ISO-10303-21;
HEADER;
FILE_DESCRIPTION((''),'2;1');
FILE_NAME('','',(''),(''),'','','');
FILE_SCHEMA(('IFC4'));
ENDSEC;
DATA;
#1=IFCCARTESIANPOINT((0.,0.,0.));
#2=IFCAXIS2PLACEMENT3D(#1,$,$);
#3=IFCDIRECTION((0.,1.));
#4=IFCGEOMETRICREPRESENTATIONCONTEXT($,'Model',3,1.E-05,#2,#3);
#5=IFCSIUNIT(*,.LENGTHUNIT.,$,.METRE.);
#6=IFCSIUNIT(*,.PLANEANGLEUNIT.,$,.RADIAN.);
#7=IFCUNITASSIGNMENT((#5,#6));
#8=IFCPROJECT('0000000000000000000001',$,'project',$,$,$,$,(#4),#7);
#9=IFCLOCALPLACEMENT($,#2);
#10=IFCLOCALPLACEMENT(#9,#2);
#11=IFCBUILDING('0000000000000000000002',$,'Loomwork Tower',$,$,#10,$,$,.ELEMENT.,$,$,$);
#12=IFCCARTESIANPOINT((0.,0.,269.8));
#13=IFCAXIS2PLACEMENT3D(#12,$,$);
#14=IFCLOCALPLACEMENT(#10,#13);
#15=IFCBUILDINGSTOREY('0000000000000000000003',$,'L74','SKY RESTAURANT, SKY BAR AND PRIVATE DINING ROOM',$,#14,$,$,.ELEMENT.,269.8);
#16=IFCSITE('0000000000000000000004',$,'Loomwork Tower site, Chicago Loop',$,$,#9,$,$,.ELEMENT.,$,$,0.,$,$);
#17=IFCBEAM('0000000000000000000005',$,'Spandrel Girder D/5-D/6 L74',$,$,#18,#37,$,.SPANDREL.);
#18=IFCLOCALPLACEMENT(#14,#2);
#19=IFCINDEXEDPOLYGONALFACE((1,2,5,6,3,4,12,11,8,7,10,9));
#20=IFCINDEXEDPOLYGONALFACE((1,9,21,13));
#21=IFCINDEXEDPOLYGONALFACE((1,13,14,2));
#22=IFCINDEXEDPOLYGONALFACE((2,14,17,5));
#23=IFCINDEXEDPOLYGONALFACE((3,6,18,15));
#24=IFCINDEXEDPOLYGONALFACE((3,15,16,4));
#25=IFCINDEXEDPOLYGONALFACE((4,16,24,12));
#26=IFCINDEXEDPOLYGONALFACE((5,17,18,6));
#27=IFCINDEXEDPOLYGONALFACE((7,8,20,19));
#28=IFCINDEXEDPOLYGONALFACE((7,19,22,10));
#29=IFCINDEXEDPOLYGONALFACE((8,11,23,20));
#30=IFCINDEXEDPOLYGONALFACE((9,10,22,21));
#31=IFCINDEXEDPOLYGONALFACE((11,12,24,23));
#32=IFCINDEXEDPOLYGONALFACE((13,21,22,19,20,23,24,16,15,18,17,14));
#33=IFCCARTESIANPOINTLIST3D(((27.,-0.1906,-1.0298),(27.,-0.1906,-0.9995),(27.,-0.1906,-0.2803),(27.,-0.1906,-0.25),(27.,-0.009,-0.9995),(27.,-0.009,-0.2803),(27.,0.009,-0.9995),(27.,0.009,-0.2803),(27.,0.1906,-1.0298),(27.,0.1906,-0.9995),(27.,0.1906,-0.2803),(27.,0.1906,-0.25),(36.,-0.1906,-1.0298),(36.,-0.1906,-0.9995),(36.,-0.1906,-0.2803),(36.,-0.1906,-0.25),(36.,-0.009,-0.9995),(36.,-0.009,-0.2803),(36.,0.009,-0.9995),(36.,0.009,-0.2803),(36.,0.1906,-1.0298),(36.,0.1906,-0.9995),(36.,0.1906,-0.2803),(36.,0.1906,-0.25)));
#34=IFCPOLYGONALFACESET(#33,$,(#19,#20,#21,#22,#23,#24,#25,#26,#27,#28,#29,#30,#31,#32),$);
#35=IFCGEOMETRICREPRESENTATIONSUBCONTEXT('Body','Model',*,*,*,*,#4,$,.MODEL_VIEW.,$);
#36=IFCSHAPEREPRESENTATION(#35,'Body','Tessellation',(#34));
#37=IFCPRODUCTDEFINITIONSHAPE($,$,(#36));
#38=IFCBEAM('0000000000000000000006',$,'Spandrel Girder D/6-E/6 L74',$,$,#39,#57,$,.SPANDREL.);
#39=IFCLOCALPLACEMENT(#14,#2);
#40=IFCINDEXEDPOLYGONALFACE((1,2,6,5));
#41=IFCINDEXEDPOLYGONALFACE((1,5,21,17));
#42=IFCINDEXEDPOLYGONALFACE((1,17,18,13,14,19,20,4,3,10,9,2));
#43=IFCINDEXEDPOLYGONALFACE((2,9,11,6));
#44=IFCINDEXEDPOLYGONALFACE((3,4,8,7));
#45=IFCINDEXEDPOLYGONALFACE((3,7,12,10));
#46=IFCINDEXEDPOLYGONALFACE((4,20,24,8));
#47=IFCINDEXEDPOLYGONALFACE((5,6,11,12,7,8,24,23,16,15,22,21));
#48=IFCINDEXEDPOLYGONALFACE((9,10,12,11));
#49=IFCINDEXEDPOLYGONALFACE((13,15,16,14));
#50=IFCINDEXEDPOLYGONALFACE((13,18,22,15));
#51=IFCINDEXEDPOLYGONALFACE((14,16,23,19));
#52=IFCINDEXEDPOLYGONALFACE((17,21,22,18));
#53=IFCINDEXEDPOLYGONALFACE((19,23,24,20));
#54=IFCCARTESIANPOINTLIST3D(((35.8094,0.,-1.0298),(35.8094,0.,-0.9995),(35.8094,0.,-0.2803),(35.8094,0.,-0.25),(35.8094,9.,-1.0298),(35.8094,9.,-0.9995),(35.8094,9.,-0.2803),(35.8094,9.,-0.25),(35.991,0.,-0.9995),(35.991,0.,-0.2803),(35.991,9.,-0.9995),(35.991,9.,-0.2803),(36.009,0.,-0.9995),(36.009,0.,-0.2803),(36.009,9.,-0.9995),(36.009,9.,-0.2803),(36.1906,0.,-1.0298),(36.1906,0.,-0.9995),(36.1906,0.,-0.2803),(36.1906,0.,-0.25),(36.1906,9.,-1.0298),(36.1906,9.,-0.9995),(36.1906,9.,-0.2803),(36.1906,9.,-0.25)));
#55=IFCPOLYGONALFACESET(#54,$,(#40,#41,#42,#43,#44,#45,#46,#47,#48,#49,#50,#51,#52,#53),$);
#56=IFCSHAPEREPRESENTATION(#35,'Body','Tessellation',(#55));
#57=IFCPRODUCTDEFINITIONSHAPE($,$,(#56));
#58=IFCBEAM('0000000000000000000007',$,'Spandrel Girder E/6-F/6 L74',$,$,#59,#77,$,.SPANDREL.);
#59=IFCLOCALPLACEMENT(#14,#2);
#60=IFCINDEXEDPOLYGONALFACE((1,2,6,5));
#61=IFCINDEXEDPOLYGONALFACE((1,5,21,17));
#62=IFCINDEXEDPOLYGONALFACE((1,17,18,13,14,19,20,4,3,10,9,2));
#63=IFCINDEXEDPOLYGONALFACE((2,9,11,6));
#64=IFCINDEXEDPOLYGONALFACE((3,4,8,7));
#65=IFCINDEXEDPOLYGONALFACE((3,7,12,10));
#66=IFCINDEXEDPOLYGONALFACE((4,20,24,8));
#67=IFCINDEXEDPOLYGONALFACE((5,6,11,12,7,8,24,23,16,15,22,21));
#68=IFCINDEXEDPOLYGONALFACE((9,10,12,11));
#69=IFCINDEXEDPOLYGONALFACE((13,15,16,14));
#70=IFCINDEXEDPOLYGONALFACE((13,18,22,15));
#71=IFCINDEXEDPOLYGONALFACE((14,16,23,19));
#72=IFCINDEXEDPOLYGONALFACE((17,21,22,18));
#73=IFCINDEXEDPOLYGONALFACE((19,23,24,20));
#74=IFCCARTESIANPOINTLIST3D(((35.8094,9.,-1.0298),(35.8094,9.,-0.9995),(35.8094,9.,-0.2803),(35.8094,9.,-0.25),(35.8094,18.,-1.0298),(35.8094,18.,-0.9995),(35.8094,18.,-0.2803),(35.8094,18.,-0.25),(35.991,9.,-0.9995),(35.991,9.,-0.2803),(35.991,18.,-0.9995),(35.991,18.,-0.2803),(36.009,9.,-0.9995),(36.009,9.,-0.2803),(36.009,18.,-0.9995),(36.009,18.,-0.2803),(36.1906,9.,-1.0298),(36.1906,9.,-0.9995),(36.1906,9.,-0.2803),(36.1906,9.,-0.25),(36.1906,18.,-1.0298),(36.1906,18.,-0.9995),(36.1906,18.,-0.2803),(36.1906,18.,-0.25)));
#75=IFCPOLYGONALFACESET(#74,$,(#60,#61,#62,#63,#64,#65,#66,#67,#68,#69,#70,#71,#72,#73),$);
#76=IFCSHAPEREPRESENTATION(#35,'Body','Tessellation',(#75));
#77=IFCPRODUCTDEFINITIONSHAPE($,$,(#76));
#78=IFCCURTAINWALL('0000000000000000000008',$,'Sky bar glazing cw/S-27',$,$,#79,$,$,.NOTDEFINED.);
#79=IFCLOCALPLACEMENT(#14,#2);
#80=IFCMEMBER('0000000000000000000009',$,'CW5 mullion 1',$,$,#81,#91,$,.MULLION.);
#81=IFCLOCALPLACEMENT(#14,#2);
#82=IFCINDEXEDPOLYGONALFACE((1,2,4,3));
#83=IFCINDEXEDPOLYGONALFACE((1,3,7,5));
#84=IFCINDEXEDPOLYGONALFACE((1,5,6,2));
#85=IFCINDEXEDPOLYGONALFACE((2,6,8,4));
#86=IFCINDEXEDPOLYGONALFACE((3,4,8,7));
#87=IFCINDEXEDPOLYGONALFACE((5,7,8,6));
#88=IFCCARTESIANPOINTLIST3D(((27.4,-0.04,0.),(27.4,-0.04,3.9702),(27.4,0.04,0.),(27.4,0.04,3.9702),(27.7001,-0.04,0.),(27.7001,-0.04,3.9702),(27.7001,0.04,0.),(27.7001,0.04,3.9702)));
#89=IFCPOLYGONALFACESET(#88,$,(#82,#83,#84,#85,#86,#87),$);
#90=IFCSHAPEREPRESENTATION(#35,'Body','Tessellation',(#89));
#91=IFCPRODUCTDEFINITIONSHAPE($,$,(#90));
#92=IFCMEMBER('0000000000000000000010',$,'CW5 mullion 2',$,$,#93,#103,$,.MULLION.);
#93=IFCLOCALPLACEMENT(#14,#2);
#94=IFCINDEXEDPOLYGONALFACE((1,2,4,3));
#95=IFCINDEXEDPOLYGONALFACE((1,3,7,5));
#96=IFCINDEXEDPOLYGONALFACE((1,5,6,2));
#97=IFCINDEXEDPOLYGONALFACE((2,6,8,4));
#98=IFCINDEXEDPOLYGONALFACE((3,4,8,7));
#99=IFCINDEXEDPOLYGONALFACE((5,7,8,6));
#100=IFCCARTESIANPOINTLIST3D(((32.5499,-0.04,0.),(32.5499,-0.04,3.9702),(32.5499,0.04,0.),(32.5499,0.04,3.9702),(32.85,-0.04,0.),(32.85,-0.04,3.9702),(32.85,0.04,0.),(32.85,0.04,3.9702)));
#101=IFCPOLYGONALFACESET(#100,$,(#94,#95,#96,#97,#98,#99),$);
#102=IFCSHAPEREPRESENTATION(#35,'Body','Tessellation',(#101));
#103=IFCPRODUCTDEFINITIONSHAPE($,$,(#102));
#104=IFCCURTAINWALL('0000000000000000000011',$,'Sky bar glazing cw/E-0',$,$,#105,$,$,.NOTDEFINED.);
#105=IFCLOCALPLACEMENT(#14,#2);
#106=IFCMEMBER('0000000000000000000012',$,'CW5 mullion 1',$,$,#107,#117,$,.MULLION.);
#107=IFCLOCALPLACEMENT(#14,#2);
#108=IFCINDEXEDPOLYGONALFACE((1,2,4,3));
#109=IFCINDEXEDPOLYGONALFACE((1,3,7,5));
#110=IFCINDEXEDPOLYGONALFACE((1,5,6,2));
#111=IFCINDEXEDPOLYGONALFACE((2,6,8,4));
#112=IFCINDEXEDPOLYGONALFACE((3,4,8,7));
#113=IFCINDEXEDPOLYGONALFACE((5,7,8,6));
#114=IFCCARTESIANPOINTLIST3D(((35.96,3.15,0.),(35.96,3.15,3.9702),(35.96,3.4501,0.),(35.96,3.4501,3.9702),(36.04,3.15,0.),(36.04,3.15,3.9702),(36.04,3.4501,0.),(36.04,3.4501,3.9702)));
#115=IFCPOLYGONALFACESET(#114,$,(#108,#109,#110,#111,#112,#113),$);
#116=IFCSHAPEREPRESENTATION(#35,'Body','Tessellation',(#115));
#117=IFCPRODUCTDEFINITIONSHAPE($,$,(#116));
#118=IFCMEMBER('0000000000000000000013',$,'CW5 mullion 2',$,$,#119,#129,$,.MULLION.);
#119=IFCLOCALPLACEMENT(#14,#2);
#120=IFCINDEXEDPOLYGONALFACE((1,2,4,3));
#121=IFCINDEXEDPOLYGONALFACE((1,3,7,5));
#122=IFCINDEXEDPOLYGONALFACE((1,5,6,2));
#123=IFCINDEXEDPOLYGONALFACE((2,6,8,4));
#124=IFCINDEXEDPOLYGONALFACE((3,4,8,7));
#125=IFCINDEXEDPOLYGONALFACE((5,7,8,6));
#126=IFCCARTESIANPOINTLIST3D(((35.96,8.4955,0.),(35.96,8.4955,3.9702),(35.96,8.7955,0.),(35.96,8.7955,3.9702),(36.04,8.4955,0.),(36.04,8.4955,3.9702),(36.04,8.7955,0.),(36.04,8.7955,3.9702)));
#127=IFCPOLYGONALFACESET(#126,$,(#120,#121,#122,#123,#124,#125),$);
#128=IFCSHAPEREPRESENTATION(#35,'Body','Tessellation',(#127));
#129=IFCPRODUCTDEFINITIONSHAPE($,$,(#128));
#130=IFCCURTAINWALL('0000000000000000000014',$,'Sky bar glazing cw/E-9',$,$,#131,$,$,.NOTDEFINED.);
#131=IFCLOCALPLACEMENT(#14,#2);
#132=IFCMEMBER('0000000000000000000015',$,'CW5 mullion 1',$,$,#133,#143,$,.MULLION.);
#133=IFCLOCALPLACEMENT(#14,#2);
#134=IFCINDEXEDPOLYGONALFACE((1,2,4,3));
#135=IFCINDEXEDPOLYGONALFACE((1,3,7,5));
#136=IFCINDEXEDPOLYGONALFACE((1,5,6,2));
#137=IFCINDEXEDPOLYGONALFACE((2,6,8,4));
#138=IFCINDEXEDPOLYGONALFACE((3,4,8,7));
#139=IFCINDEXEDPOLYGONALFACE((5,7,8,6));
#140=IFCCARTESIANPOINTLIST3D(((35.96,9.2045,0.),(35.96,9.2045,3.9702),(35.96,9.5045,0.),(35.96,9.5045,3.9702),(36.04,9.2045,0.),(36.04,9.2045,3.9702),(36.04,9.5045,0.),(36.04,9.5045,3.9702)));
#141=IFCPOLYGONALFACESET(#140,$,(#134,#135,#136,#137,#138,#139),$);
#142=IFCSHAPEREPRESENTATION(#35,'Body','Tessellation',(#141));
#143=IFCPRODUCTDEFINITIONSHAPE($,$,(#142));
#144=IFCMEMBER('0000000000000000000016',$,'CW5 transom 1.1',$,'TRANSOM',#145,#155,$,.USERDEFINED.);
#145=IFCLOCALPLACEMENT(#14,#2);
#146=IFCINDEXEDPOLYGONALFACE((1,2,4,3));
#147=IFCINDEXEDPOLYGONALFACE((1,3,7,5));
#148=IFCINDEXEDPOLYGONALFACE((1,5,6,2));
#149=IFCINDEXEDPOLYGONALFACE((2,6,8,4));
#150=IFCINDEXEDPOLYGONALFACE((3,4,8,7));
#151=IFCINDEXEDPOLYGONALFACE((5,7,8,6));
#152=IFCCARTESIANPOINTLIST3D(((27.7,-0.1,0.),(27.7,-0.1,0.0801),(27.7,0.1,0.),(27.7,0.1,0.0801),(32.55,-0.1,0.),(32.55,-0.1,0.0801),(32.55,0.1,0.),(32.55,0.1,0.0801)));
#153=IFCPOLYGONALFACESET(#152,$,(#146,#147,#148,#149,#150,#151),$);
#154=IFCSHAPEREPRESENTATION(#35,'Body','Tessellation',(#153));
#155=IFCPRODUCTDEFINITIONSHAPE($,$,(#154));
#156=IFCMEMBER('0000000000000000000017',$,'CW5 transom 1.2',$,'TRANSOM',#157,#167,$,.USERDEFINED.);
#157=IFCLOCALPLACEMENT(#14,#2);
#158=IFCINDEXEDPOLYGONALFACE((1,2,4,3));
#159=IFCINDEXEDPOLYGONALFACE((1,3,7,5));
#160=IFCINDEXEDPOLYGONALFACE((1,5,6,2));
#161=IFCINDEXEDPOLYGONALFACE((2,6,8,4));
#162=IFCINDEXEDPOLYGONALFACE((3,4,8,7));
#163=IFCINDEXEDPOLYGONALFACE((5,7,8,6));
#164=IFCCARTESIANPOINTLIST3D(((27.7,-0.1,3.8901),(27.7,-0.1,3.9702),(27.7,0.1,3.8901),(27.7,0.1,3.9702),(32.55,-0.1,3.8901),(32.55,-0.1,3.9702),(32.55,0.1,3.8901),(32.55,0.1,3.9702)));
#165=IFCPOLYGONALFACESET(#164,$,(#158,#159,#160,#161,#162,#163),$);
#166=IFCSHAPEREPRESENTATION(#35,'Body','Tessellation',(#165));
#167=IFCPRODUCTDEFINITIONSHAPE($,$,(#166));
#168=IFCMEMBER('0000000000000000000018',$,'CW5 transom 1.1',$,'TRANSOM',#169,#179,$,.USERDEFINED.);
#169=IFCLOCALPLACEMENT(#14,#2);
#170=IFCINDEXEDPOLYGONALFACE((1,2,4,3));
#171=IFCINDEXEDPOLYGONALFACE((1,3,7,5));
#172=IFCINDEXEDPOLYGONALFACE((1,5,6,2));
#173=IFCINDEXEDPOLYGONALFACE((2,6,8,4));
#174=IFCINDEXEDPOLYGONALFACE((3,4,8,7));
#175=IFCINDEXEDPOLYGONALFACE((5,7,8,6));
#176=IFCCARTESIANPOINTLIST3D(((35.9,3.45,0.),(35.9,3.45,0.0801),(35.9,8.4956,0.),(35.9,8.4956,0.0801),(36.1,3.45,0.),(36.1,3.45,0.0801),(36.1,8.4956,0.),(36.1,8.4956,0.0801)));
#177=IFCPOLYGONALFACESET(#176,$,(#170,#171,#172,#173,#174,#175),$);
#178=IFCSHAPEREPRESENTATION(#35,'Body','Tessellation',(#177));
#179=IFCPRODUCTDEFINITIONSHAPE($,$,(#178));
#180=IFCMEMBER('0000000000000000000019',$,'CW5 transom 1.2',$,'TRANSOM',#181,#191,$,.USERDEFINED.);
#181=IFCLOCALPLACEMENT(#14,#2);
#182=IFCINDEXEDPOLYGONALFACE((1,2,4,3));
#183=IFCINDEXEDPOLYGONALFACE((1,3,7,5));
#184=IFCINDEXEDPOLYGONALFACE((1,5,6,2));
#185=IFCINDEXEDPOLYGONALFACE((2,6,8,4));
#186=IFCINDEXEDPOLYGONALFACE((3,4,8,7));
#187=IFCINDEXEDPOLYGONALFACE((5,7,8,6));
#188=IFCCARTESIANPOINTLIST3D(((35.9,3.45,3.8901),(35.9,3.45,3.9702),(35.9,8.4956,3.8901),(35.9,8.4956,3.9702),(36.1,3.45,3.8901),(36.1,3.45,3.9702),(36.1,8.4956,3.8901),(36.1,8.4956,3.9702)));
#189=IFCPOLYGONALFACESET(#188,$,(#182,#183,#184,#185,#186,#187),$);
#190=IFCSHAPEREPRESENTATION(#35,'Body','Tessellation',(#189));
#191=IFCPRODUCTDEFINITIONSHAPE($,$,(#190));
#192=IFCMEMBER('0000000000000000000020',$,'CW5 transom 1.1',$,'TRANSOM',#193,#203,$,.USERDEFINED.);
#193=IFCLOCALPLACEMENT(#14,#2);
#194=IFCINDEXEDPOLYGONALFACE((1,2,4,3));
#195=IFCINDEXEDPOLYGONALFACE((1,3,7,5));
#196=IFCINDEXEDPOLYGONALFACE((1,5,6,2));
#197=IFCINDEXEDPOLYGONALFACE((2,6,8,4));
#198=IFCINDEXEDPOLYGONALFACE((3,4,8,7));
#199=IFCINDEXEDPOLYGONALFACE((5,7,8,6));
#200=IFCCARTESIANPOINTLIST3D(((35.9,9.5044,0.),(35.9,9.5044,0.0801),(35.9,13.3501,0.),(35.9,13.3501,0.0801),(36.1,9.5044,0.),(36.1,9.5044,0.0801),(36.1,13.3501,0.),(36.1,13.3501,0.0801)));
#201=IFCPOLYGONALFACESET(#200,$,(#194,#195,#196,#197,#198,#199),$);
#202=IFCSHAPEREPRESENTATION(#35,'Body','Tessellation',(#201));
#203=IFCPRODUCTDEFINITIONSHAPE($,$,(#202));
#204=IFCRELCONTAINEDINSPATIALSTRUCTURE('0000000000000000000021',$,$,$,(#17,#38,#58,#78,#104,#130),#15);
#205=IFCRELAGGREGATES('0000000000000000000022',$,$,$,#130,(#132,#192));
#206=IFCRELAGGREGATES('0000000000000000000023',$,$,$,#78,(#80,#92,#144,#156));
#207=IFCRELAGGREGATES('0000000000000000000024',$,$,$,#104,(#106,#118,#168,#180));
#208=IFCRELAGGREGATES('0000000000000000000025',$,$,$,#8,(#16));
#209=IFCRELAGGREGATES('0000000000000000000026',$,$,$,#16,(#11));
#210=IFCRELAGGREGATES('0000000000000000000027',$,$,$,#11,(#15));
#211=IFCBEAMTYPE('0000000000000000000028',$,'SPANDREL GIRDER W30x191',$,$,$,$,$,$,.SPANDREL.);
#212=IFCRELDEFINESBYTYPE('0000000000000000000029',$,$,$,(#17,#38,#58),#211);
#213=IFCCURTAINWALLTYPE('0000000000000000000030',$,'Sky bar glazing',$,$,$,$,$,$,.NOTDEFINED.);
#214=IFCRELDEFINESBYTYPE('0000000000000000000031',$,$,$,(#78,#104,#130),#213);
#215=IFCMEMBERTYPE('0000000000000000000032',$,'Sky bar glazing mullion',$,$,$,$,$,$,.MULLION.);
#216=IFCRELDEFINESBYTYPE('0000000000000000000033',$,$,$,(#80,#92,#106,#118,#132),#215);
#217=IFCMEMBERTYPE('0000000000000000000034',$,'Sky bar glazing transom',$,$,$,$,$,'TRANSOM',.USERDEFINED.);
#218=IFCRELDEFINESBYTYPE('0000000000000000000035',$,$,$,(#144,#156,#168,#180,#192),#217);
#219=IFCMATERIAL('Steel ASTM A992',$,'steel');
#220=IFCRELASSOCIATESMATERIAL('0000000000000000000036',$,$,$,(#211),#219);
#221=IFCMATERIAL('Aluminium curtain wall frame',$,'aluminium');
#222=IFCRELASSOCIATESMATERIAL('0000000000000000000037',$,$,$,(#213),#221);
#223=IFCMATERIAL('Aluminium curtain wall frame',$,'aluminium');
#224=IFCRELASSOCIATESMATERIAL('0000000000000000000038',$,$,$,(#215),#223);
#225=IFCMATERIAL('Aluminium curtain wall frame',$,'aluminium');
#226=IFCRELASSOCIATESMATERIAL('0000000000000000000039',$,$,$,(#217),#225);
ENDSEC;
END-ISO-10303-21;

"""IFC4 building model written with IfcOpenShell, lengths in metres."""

from ifc_helpers import new_model, si_unit, direction, frame, origin, origin_2d, place, context, subcontext, project, spatial, rectangle, i_section, extrude, material, material_profile, profile_set, type_object, element, aggregate, save


model = new_model("IFC4")

# Units and contexts
model_context = context("Model", 3, precision=1e-05, world=origin(), true_north=direction((0.0, 1.0)))
body_context = subcontext(model_context, "Body", "Model", "MODEL_VIEW")
ifc_project = project(units=[si_unit("LENGTHUNIT", "METRE"), si_unit("PLANEANGLEUNIT", "RADIAN")], contexts=[model_context])

# Site, building, storey
site_placement = place(None, origin())
site = spatial("IfcSite", under=ifc_project, at=site_placement, Name="Loomwork Tower site, Chicago Loop", CompositionType="ELEMENT", RefElevation=0.0)
building_placement = place(site_placement, origin())
building = spatial("IfcBuilding", under=site, at=building_placement, Name="Loomwork Tower", CompositionType="ELEMENT")
storey_placement = place(building_placement, frame((0.0, 0.0, 269.8)))
storey = spatial("IfcBuildingStorey", under=building, at=storey_placement, Name="L74", Description="SKY RESTAURANT, SKY BAR AND PRIVATE DINING ROOM", CompositionType="ELEMENT", Elevation=269.8)

# Beams
ifc_material_1 = material(Name="Steel ASTM A992", Category="steel")
ifc_material_profile_1 = material_profile(ifc_material_1, i_section(OverallWidth=0.3811, OverallDepth=0.7798, WebThickness=0.0181, FlangeThickness=0.0303, at=origin_2d()), Name="W30x191")
ifc_profile_set_1 = profile_set([ifc_material_profile_1], Name="Steel ASTM A992")
beam_type_1 = type_object("IfcBeamType", Name="SPANDREL GIRDER W30x191", PredefinedType="SPANDREL", material=ifc_profile_set_1)
for number, where, z_axis, x_axis, name in (
    (1, (27.0, 0.0, -0.6399), (1.0, 0.0, 0.0), (0.0, 1.0, 0.0), "Spandrel Girder D/5-D/6 L74"),
    (2, (36.0, 0.0, -0.6399), (0.0, 1.0, 0.0), (-1.0, 0.0, 0.0), "Spandrel Girder D/6-E/6 L74"),
    (3, (36.0, 9.0, -0.6399), (0.0, 1.0, 0.0), (-1.0, 0.0, 0.0), "Spandrel Girder E/6-F/6 L74"),
):
    element("IfcBeam", number, at=place(storey_placement, frame(where, z_axis=z_axis, x_axis=x_axis)), inside=storey, type_object=beam_type_1, Name=name, PredefinedType="SPANDREL", context=body_context, shape_type="SweptSolid", body=[
        extrude(i_section(OverallWidth=0.3811, OverallDepth=0.7798, WebThickness=0.0181, FlangeThickness=0.0303, at=origin_2d()), origin(), (0.0, 0.0, 1.0), 9.0),
    ])

# Curtain walls, members
ifc_material_2 = material(Name="Aluminium curtain wall frame", Category="aluminium")
curtain_wall_type = type_object("IfcCurtainWallType", Name="Sky bar glazing", PredefinedType="NOTDEFINED", material=ifc_material_2)
curtain_wall_1_placement = place(storey_placement, origin())
curtain_wall_1 = element("IfcCurtainWall", 4, at=curtain_wall_1_placement, inside=storey, type_object=curtain_wall_type, Name="Sky bar glazing cw/S-27", PredefinedType="NOTDEFINED")
ifc_material_3 = material(Name="Aluminium curtain wall frame", Category="aluminium")
ifc_material_profile_2 = material_profile(ifc_material_3, rectangle(XDim=0.0801, YDim=0.3, at=origin_2d()), Name="AL 80x300")
ifc_profile_set_2 = profile_set([ifc_material_profile_2], Name="Aluminium curtain wall frame")
member_type_1 = type_object("IfcMemberType", Name="Sky bar glazing mullion", PredefinedType="MULLION", material=ifc_profile_set_2)
member_1_placement = place(storey_placement, frame((27.55, 0.0, 0.0), z_axis=(0.0, 0.0, 1.0), x_axis=(0.0, 1.0, 0.0)))
member_1 = element("IfcMember", 5, at=member_1_placement, type_object=member_type_1, Name="CW5 mullion 1", PredefinedType="MULLION", context=body_context, shape_type="SweptSolid", body=[
    extrude(rectangle(XDim=0.0801, YDim=0.3, at=origin_2d()), origin(), (0.0, 0.0, 1.0), 3.9702),
])
member_2_placement = place(storey_placement, frame((32.7, 0.0, 0.0), z_axis=(0.0, 0.0, 1.0), x_axis=(0.0, 1.0, 0.0)))
member_2 = element("IfcMember", 6, at=member_2_placement, type_object=member_type_1, Name="CW5 mullion 2", PredefinedType="MULLION", context=body_context, shape_type="SweptSolid", body=[
    extrude(rectangle(XDim=0.0801, YDim=0.3, at=origin_2d()), origin(), (0.0, 0.0, 1.0), 3.9702),
])
curtain_wall_2_placement = place(storey_placement, origin())
curtain_wall_2 = element("IfcCurtainWall", 7, at=curtain_wall_2_placement, inside=storey, type_object=curtain_wall_type, Name="Sky bar glazing cw/E-0", PredefinedType="NOTDEFINED")
member_3_placement = place(storey_placement, frame((36.0, 3.3, 0.0), z_axis=(0.0, 0.0, 1.0), x_axis=(-1.0, 0.0, 0.0)))
member_3 = element("IfcMember", 8, at=member_3_placement, type_object=member_type_1, Name="CW5 mullion 1", PredefinedType="MULLION", context=body_context, shape_type="SweptSolid", body=[
    extrude(rectangle(XDim=0.0801, YDim=0.3, at=origin_2d()), origin(), (0.0, 0.0, 1.0), 3.9702),
])
member_4_placement = place(storey_placement, frame((36.0, 8.6455, 0.0), z_axis=(0.0, 0.0, 1.0), x_axis=(-1.0, 0.0, 0.0)))
member_4 = element("IfcMember", 9, at=member_4_placement, type_object=member_type_1, Name="CW5 mullion 2", PredefinedType="MULLION", context=body_context, shape_type="SweptSolid", body=[
    extrude(rectangle(XDim=0.0801, YDim=0.3, at=origin_2d()), origin(), (0.0, 0.0, 1.0), 3.9702),
])

# Curtain wall, member
curtain_wall_3_placement = place(storey_placement, origin())
curtain_wall_3 = element("IfcCurtainWall", 10, at=curtain_wall_3_placement, inside=storey, type_object=curtain_wall_type, Name="Sky bar glazing cw/E-9", PredefinedType="NOTDEFINED")
member_5_placement = place(storey_placement, frame((36.0, 9.3545, 0.0), z_axis=(0.0, 0.0, 1.0), x_axis=(-1.0, 0.0, 0.0)))
member_5 = element("IfcMember", 11, at=member_5_placement, type_object=member_type_1, Name="CW5 mullion 1", PredefinedType="MULLION", context=body_context, shape_type="SweptSolid", body=[
    extrude(rectangle(XDim=0.0801, YDim=0.3, at=origin_2d()), origin(), (0.0, 0.0, 1.0), 3.9702),
])

# Members
ifc_material_4 = material(Name="Aluminium curtain wall frame", Category="aluminium")
ifc_material_profile_3 = material_profile(ifc_material_4, rectangle(XDim=0.2, YDim=0.0801, at=origin_2d()), Name="AL 80x200")
ifc_profile_set_3 = profile_set([ifc_material_profile_3], Name="Aluminium curtain wall frame")
member_type_2 = type_object("IfcMemberType", Name="Sky bar glazing transom", ElementType="TRANSOM", PredefinedType="USERDEFINED", material=ifc_profile_set_3)
member_6_placement = place(storey_placement, frame((27.7, 0.0, 0.04), z_axis=(1.0, 0.0, 0.0), x_axis=(0.0, 1.0, 0.0)))
member_6 = element("IfcMember", 12, at=member_6_placement, type_object=member_type_2, Name="CW5 transom 1.1", ObjectType="TRANSOM", PredefinedType="USERDEFINED", context=body_context, shape_type="SweptSolid", body=[
    extrude(rectangle(XDim=0.2, YDim=0.0801, at=origin_2d()), origin(), (0.0, 0.0, 1.0), 4.8501),
])
member_7_placement = place(storey_placement, frame((27.7, 0.0, 3.9302), z_axis=(1.0, 0.0, 0.0), x_axis=(0.0, 1.0, 0.0)))
member_7 = element("IfcMember", 13, at=member_7_placement, type_object=member_type_2, Name="CW5 transom 1.2", ObjectType="TRANSOM", PredefinedType="USERDEFINED", context=body_context, shape_type="SweptSolid", body=[
    extrude(rectangle(XDim=0.2, YDim=0.0801, at=origin_2d()), origin(), (0.0, 0.0, 1.0), 4.8501),
])
member_8_placement = place(storey_placement, frame((36.0, 3.45, 0.04), z_axis=(0.0, 1.0, 0.0), x_axis=(-1.0, 0.0, 0.0)))
member_8 = element("IfcMember", 14, at=member_8_placement, type_object=member_type_2, Name="CW5 transom 1.1", ObjectType="TRANSOM", PredefinedType="USERDEFINED", context=body_context, shape_type="SweptSolid", body=[
    extrude(rectangle(XDim=0.2, YDim=0.0801, at=origin_2d()), origin(), (0.0, 0.0, 1.0), 5.0457),
])
member_9_placement = place(storey_placement, frame((36.0, 3.45, 3.9302), z_axis=(0.0, 1.0, 0.0), x_axis=(-1.0, 0.0, 0.0)))
member_9 = element("IfcMember", 15, at=member_9_placement, type_object=member_type_2, Name="CW5 transom 1.2", ObjectType="TRANSOM", PredefinedType="USERDEFINED", context=body_context, shape_type="SweptSolid", body=[
    extrude(rectangle(XDim=0.2, YDim=0.0801, at=origin_2d()), origin(), (0.0, 0.0, 1.0), 5.0457),
])
member_10_placement = place(storey_placement, frame((36.0, 9.5044, 0.04), z_axis=(0.0, 1.0, 0.0), x_axis=(-1.0, 0.0, 0.0)))
member_10 = element("IfcMember", 16, at=member_10_placement, type_object=member_type_2, Name="CW5 transom 1.1", ObjectType="TRANSOM", PredefinedType="USERDEFINED", context=body_context, shape_type="SweptSolid", body=[
    extrude(rectangle(XDim=0.2, YDim=0.0801, at=origin_2d()), origin(), (0.0, 0.0, 1.0), 3.8457),
])
aggregate(curtain_wall_3, [member_5, member_10])

aggregate(curtain_wall_1, [member_1, member_2, member_6, member_7])
aggregate(curtain_wall_2, [member_3, member_4, member_8, member_9])

save(model, "model.ifc")
